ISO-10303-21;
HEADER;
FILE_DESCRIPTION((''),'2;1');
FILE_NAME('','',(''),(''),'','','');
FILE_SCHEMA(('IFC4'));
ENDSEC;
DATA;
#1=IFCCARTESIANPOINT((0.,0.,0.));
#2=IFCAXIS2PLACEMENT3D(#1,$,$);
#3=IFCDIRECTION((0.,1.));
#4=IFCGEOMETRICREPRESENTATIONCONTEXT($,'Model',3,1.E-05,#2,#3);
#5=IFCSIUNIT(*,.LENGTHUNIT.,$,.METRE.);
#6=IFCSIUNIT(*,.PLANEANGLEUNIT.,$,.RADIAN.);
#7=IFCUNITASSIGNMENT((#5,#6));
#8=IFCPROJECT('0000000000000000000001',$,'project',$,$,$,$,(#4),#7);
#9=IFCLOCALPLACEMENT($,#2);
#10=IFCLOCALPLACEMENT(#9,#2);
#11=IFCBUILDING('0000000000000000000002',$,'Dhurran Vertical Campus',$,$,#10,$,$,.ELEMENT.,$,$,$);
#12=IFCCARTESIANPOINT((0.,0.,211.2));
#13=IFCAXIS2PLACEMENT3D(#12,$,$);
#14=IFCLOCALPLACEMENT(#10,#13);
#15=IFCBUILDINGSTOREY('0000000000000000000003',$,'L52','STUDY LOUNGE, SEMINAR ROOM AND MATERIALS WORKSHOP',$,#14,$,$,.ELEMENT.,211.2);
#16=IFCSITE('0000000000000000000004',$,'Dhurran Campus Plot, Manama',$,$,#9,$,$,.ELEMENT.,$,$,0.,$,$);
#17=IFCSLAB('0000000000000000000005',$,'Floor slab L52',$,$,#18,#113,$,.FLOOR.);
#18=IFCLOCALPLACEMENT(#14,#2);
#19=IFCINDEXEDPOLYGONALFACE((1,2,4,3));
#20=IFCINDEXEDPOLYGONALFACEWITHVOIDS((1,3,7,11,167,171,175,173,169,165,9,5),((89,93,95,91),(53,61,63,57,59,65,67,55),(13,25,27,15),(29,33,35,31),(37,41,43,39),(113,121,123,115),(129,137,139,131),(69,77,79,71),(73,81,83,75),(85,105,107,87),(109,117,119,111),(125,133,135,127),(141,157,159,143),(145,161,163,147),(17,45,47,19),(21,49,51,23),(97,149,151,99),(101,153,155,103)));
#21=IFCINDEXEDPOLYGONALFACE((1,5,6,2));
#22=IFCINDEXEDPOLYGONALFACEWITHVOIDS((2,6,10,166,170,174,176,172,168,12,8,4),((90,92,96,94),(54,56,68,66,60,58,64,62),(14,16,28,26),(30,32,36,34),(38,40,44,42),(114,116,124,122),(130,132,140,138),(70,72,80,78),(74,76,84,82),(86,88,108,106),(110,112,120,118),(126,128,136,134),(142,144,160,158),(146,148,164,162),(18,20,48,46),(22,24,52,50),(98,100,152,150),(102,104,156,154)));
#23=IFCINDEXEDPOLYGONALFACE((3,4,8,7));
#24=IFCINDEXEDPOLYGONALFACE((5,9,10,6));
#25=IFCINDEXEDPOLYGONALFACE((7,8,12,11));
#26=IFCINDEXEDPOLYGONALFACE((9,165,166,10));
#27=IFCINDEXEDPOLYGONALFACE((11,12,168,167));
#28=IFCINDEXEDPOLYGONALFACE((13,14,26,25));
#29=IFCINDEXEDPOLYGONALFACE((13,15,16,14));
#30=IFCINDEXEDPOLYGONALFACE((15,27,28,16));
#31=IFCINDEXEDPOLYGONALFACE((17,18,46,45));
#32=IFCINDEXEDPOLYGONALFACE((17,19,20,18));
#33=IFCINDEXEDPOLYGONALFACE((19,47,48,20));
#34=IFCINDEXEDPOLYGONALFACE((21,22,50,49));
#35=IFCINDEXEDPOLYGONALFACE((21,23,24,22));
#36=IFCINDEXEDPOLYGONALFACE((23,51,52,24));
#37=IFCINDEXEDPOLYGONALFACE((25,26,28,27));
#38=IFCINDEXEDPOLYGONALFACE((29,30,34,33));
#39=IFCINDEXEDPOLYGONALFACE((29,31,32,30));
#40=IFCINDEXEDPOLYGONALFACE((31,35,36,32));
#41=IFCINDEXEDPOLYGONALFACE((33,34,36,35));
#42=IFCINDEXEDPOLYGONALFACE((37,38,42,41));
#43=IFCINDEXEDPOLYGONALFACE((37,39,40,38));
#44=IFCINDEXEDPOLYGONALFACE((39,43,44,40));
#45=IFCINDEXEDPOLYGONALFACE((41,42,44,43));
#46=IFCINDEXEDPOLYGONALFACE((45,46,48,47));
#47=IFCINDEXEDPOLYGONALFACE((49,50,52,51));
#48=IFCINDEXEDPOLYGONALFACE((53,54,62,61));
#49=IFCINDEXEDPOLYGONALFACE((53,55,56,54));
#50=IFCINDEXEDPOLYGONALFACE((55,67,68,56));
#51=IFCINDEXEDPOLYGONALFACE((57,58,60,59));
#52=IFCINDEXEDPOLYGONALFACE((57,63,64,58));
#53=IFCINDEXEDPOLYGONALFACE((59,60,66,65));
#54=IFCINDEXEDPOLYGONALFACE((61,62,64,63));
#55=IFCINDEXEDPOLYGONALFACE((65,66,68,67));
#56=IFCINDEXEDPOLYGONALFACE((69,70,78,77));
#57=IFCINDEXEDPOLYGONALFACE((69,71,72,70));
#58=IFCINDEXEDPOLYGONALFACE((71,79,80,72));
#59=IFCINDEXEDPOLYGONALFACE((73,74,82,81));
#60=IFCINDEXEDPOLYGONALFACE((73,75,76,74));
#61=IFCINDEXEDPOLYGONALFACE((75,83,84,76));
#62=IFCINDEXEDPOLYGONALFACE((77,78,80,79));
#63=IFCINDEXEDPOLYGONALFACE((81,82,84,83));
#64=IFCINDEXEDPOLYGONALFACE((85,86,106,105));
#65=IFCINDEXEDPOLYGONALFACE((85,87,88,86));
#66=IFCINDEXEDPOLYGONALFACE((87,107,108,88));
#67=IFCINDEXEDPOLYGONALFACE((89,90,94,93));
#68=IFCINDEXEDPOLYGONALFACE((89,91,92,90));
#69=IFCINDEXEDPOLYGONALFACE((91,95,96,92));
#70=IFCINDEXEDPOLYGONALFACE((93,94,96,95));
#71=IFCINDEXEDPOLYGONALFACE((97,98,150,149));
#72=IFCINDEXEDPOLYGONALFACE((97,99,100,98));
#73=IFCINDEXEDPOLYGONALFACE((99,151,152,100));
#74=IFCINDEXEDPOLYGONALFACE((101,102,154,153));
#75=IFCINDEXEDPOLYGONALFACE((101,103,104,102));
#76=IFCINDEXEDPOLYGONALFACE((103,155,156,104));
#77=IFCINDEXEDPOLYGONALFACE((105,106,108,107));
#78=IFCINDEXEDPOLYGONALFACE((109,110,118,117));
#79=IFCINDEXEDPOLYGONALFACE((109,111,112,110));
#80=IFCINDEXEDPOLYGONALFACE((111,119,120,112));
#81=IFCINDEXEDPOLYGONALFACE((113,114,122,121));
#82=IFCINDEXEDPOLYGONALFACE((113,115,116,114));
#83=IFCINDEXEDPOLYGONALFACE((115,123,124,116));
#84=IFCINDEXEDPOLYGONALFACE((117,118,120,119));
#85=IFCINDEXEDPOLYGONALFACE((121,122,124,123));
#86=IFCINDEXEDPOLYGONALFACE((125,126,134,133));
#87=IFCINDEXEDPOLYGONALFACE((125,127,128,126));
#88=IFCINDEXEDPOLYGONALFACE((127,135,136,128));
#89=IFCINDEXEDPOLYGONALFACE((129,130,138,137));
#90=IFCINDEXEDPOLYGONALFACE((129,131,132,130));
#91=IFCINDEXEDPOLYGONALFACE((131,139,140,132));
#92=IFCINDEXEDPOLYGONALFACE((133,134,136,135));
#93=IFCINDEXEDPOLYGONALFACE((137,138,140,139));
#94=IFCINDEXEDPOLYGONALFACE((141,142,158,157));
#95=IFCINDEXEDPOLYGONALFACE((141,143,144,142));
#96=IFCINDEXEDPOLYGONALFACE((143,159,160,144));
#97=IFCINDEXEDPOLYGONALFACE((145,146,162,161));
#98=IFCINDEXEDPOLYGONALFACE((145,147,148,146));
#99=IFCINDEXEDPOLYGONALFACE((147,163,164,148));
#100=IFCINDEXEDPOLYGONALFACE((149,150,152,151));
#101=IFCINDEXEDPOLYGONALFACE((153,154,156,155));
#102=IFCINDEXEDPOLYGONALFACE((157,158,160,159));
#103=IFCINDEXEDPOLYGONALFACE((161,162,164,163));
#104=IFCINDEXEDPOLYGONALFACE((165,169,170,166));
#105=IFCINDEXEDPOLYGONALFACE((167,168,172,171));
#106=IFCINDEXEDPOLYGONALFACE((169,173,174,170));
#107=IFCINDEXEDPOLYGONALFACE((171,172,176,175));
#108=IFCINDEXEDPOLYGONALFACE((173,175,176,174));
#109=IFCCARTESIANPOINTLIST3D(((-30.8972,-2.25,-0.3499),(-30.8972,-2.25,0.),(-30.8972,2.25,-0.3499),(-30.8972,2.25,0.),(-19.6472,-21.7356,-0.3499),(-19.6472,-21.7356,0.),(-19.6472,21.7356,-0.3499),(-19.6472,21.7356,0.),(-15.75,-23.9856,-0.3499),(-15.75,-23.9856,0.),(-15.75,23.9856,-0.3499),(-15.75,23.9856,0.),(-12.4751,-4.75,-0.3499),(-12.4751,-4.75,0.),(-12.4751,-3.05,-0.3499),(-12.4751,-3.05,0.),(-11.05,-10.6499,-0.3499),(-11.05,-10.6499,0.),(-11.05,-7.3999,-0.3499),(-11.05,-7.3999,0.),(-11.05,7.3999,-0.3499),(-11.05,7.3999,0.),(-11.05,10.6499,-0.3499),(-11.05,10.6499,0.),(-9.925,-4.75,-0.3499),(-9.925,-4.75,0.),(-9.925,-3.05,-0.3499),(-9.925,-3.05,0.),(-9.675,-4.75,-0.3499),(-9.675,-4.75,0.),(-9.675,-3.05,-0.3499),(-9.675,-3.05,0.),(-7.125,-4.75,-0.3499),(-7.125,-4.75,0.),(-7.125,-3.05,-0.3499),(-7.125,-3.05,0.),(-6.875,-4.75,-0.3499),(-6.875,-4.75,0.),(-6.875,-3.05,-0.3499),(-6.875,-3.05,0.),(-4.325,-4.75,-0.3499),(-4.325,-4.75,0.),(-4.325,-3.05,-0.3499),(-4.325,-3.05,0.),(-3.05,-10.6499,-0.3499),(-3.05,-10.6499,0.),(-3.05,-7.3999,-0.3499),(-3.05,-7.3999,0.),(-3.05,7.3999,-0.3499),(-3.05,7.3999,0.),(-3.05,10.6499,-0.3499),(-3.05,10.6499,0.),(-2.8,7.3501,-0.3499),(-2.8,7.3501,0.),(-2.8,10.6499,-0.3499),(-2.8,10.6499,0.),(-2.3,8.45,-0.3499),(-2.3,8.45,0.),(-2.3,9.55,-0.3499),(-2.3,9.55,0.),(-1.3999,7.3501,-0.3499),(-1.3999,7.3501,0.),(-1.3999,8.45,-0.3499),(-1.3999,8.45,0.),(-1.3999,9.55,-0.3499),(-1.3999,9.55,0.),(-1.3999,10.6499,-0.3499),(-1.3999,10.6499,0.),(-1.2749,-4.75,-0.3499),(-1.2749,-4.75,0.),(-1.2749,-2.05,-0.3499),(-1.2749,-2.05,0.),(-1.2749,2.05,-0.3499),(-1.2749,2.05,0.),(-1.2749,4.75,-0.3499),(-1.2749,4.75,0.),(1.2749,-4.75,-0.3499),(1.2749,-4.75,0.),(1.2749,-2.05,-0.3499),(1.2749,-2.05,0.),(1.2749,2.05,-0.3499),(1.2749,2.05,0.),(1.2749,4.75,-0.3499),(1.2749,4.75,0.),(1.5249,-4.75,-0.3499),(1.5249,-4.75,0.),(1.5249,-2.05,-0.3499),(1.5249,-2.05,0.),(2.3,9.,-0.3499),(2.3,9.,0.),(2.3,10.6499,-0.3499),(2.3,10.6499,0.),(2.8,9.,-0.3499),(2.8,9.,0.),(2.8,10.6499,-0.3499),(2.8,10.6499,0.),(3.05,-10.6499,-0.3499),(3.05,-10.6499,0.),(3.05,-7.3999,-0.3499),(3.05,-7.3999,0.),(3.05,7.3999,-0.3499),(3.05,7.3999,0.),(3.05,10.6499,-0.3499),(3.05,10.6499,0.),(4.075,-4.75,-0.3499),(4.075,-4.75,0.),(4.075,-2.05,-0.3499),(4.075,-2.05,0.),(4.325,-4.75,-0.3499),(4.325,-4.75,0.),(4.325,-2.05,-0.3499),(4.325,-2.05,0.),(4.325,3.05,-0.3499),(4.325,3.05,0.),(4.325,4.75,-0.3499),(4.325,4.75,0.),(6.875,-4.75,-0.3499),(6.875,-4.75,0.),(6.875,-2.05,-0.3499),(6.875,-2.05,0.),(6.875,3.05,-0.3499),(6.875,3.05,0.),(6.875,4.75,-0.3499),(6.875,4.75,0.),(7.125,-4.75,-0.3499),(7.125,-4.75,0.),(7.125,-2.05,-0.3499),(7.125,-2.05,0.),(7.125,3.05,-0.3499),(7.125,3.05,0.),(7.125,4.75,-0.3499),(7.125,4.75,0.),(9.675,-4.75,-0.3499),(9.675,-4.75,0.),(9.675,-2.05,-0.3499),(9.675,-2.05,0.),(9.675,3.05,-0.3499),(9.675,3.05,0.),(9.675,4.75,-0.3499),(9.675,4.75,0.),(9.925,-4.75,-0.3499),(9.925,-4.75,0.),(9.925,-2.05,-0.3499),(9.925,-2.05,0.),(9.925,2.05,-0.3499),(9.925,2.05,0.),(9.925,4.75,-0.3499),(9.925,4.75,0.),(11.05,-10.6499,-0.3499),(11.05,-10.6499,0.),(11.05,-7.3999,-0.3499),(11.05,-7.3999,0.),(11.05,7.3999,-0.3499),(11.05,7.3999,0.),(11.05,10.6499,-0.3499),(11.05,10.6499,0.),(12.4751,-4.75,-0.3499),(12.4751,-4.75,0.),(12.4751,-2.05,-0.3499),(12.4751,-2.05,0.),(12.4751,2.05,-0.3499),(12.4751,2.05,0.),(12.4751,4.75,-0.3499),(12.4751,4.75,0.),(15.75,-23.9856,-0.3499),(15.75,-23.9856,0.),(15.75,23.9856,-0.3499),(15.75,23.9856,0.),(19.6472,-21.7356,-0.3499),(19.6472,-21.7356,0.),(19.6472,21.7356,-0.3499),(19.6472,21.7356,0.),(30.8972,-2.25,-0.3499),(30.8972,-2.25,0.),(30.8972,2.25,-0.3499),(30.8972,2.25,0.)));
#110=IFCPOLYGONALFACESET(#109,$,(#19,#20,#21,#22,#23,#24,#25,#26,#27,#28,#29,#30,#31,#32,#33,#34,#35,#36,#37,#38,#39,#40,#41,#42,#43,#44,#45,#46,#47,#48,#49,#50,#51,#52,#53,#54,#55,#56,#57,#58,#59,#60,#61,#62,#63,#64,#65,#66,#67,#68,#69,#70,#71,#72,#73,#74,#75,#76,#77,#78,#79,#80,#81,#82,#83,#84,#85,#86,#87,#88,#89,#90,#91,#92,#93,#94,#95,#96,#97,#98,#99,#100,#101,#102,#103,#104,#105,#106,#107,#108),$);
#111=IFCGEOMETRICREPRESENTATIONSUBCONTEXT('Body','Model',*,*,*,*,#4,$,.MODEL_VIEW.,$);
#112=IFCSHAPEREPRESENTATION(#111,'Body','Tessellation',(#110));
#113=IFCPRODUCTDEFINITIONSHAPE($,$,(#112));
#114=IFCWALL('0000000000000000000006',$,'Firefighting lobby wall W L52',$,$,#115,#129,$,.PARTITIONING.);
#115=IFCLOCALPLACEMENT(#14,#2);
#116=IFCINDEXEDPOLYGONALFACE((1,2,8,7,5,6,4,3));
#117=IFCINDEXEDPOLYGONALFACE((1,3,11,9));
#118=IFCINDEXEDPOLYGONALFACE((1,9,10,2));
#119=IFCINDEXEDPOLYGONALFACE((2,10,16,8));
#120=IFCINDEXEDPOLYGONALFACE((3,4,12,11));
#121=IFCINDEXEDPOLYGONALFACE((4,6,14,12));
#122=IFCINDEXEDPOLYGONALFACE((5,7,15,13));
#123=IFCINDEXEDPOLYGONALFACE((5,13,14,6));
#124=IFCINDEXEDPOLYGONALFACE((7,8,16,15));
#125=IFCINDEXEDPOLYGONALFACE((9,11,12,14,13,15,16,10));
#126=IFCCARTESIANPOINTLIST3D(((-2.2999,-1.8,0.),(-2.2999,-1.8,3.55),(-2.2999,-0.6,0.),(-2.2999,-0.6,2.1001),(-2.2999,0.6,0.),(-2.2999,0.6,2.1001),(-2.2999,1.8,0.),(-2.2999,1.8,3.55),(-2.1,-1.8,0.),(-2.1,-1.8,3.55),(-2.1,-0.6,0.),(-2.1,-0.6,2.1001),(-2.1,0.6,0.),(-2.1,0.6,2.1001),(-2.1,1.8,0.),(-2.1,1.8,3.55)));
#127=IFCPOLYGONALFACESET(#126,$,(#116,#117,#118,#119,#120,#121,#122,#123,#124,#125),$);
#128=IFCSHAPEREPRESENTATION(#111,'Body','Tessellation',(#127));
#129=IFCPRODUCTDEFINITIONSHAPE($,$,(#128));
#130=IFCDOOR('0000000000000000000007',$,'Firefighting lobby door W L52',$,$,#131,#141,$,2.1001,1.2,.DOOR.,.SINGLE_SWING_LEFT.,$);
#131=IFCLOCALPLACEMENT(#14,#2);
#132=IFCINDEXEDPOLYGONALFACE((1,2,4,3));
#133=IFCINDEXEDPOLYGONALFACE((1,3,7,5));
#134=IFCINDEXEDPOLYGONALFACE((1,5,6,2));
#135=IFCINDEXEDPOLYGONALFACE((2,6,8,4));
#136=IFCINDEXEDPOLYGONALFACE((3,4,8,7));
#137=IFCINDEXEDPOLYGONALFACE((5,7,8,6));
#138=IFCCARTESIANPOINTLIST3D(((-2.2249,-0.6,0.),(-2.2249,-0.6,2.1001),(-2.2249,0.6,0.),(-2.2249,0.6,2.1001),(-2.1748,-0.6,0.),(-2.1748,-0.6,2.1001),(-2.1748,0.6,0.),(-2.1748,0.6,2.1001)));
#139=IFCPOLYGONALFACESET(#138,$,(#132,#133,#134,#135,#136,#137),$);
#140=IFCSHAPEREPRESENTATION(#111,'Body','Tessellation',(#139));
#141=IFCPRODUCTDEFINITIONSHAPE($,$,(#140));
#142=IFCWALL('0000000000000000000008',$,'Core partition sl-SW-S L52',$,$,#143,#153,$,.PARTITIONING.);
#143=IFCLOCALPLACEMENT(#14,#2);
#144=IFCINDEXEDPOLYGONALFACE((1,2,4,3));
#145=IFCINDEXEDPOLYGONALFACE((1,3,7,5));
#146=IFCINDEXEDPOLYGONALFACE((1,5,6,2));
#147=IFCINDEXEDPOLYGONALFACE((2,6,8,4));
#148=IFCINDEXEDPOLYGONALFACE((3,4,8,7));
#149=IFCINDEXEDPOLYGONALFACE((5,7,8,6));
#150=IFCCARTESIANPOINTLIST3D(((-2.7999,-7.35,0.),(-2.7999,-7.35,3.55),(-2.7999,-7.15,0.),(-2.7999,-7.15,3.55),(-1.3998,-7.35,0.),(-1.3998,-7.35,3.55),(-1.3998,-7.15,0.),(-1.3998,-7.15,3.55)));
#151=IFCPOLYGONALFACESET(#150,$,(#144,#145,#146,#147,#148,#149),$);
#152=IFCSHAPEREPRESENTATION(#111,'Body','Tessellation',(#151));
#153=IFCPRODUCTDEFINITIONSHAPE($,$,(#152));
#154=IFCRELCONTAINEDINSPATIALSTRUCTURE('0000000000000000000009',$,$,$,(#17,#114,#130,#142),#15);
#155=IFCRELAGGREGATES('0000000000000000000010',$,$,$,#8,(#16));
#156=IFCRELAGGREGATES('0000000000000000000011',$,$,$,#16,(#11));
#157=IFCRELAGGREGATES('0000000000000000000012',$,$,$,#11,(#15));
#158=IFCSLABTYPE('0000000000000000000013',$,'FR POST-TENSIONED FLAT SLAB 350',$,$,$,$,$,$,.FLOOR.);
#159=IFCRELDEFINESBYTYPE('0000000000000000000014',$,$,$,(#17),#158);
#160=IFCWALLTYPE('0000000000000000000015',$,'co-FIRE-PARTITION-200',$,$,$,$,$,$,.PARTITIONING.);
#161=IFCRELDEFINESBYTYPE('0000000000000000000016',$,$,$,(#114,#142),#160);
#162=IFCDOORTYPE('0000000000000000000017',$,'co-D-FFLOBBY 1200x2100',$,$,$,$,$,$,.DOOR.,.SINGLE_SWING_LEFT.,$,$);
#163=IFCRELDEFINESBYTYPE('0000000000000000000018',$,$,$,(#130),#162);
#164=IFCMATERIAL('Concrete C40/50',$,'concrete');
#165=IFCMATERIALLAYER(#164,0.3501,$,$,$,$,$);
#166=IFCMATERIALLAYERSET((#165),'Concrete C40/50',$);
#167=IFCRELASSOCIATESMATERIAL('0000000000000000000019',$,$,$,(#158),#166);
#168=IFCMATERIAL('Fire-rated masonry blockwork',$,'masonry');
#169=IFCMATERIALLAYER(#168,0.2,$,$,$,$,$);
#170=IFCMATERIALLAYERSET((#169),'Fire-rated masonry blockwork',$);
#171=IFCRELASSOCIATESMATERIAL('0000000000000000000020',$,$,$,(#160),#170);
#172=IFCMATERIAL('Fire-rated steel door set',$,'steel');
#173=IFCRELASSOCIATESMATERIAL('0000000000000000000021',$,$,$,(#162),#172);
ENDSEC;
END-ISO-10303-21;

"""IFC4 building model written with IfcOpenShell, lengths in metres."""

from ifc_helpers import new_model, si_unit, direction, frame, frame_2d, origin, place, context, subcontext, project, spatial, polyline, rectangle, outline, extrude, material, layer, layer_set, type_object, element, fill, save


model = new_model("IFC4")

# Units and contexts
model_context = context("Model", 3, precision=1e-05, world=origin(), true_north=direction((0.0, 1.0)))
body_context = subcontext(model_context, "Body", "Model", "MODEL_VIEW")
ifc_project = project(units=[si_unit("LENGTHUNIT", "METRE"), si_unit("PLANEANGLEUNIT", "RADIAN")], contexts=[model_context])

# Site, building, storey
site_placement = place(None, origin())
site = spatial("IfcSite", under=ifc_project, at=site_placement, Name="Dhurran Campus Plot, Manama", CompositionType="ELEMENT", RefElevation=0.0)
building_placement = place(site_placement, origin())
building = spatial("IfcBuilding", under=site, at=building_placement, Name="Dhurran Vertical Campus", CompositionType="ELEMENT")
storey_placement = place(building_placement, frame((0.0, 0.0, 211.2)))
storey = spatial("IfcBuildingStorey", under=building, at=storey_placement, Name="L52", Description="STUDY LOUNGE, SEMINAR ROOM AND MATERIALS WORKSHOP", CompositionType="ELEMENT", Elevation=211.2)

# Slab
ifc_material_1 = material(Name="Concrete C40/50", Category="concrete")
ifc_layer_1 = layer(ifc_material_1, 0.3501)
ifc_layer_set_1 = layer_set([ifc_layer_1], Name="Concrete C40/50")
slab_type = type_object("IfcSlabType", Name="FR POST-TENSIONED FLAT SLAB 350", PredefinedType="FLOOR", material=ifc_layer_set_1)
slab_placement = place(storey_placement, frame((0.0, 0.0, -0.3499)))
element("IfcSlab", 1, at=slab_placement, inside=storey, type_object=slab_type, Name="Floor slab L52", PredefinedType="FLOOR", context=body_context, shape_type="SweptSolid", body=[
    extrude(outline(polyline([(-15.75, -23.9856), (15.75, -23.9856), (19.6472, -21.7356), (30.8972, -2.25), (30.8972, 2.25), (19.6472, 21.7356), (15.75, 23.9856), (-15.75, 23.9856), (-19.6472, 21.7356), (-30.8972, 2.25), (-30.8972, -2.25), (-19.6472, -21.7356), (-15.75, -23.9856)]), holes=[polyline([(-1.2749, 2.05), (1.2749, 2.05), (1.2749, 4.75), (-1.2749, 4.75), (-1.2749, 2.05)]), polyline([(9.925, 2.05), (12.4751, 2.05), (12.4751, 4.75), (9.925, 4.75), (9.925, 2.05)]), polyline([(-1.2749, -4.75), (1.2749, -4.75), (1.2749, -2.05), (-1.2749, -2.05), (-1.2749, -4.75)]), polyline([(1.5249, -4.75), (4.075, -4.75), (4.075, -2.05), (1.5249, -2.05), (1.5249, -4.75)]), polyline([(4.325, -4.75), (6.875, -4.75), (6.875, -2.05), (4.325, -2.05), (4.325, -4.75)]), polyline([(7.125, -4.75), (9.675, -4.75), (9.675, -2.05), (7.125, -2.05), (7.125, -4.75)]), polyline([(9.925, -4.75), (12.4751, -4.75), (12.4751, -2.05), (9.925, -2.05), (9.925, -4.75)]), polyline([(4.325, 3.05), (6.875, 3.05), (6.875, 4.75), (4.325, 4.75), (4.325, 3.05)]), polyline([(7.125, 3.05), (9.675, 3.05), (9.675, 4.75), (7.125, 4.75), (7.125, 3.05)]), polyline([(-12.4751, -4.75), (-9.925, -4.75), (-9.925, -3.05), (-12.4751, -3.05), (-12.4751, -4.75)]), polyline([(-9.675, -4.75), (-7.125, -4.75), (-7.125, -3.05), (-9.675, -3.05), (-9.675, -4.75)]), polyline([(-6.875, -4.75), (-4.325, -4.75), (-4.325, -3.05), (-6.875, -3.05), (-6.875, -4.75)]), polyline([(-11.05, 7.3999), (-3.05, 7.3999), (-3.05, 10.6499), (-11.05, 10.6499), (-11.05, 7.3999)]), polyline([(3.05, 7.3999), (11.05, 7.3999), (11.05, 10.6499), (3.05, 10.6499), (3.05, 7.3999)]), polyline([(-11.05, -10.6499), (-3.05, -10.6499), (-3.05, -7.3999), (-11.05, -7.3999), (-11.05, -10.6499)]), polyline([(3.05, -10.6499), (11.05, -10.6499), (11.05, -7.3999), (3.05, -7.3999), (3.05, -10.6499)]), polyline([(-2.8, 10.6499), (-1.3999, 10.6499), (-1.3999, 9.55), (-2.3, 9.55), (-2.3, 8.45), (-1.3999, 8.45), (-1.3999, 7.3501), (-2.8, 7.3501), (-2.8, 10.6499)]), polyline([(2.3, 9.0), (2.3, 10.6499), (2.8, 10.6499), (2.8, 9.0), (2.3, 9.0)])]), origin(), (0.0, 0.0, 1.0), 0.3499),
])

# Wall, opening, door
ifc_material_2 = material(Name="Fire-rated masonry blockwork", Category="masonry")
ifc_layer_2 = layer(ifc_material_2, 0.2)
ifc_layer_set_2 = layer_set([ifc_layer_2], Name="Fire-rated masonry blockwork")
wall_type_1 = type_object("IfcWallType", Name="co-FIRE-PARTITION-200", PredefinedType="PARTITIONING", material=ifc_layer_set_2)
wall_1_placement = place(storey_placement, frame((-2.2, -1.8, 0.0), z_axis=(0.0, 0.0, 1.0), x_axis=(0.0, 1.0, 0.0)))
wall_1 = element("IfcWall", 2, at=wall_1_placement, inside=storey, type_object=wall_type_1, Name="Firefighting lobby wall W L52", PredefinedType="PARTITIONING", context=body_context, shape_type="SweptSolid", body=[
    extrude(rectangle(XDim=3.6001, YDim=0.2, at=frame_2d((1.8, 0.0))), origin(), (0.0, 0.0, 1.0), 3.55),
])
opening_1_placement = place(wall_1_placement, frame((1.2, 0.0, 0.0)))
opening_1 = element("IfcOpeningElement", 3, at=opening_1_placement, cuts=wall_1, PredefinedType="OPENING", context=body_context, shape_type="SweptSolid", body=[
    extrude(rectangle(XDim=1.2, YDim=2.1001, at=frame_2d((0.6001, 1.05))), frame((0.0, 0.1099, 0.0), z_axis=(0.0, -1.0, 0.0), x_axis=(1.0, 0.0, 0.0)), (0.0, 0.0, 1.0), 0.22),
])
ifc_material_3 = material(Name="Fire-rated steel door set", Category="steel")
door_type_1 = type_object("IfcDoorType", Name="co-D-FFLOBBY 1200x2100", OperationType="SINGLE_SWING_LEFT", PredefinedType="DOOR", material=ifc_material_3)
door_1_placement = place(opening_1_placement, origin())
door_1 = element("IfcDoor", 4, at=door_1_placement, inside=storey, type_object=door_type_1, Name="Firefighting lobby door W L52", OperationType="SINGLE_SWING_LEFT", OverallHeight=2.1001, OverallWidth=1.2, PredefinedType="DOOR", context=body_context, shape_type="SweptSolid", body=[
    extrude(rectangle(XDim=1.2, YDim=2.1001, at=frame_2d((0.6001, 1.05))), frame((0.0, 0.0249, 0.0), z_axis=(0.0, -1.0, 0.0), x_axis=(1.0, 0.0, 0.0)), (0.0, 0.0, 1.0), 0.05),
])
fill(opening_1, door_1)

# Wall
wall_2_placement = place(storey_placement, frame((-2.8, -7.25, 0.0), z_axis=(0.0, 0.0, 1.0), x_axis=(1.0, 0.0, 0.0)))
element("IfcWall", 5, at=wall_2_placement, inside=storey, type_object=wall_type_1, Name="Core partition sl-SW-S L52", PredefinedType="PARTITIONING", context=body_context, shape_type="SweptSolid", body=[
    extrude(rectangle(XDim=1.4001, YDim=0.2, at=frame_2d((0.7002, 0.0))), origin(), (0.0, 0.0, 1.0), 3.55),
])

save(model, "model.ifc")
